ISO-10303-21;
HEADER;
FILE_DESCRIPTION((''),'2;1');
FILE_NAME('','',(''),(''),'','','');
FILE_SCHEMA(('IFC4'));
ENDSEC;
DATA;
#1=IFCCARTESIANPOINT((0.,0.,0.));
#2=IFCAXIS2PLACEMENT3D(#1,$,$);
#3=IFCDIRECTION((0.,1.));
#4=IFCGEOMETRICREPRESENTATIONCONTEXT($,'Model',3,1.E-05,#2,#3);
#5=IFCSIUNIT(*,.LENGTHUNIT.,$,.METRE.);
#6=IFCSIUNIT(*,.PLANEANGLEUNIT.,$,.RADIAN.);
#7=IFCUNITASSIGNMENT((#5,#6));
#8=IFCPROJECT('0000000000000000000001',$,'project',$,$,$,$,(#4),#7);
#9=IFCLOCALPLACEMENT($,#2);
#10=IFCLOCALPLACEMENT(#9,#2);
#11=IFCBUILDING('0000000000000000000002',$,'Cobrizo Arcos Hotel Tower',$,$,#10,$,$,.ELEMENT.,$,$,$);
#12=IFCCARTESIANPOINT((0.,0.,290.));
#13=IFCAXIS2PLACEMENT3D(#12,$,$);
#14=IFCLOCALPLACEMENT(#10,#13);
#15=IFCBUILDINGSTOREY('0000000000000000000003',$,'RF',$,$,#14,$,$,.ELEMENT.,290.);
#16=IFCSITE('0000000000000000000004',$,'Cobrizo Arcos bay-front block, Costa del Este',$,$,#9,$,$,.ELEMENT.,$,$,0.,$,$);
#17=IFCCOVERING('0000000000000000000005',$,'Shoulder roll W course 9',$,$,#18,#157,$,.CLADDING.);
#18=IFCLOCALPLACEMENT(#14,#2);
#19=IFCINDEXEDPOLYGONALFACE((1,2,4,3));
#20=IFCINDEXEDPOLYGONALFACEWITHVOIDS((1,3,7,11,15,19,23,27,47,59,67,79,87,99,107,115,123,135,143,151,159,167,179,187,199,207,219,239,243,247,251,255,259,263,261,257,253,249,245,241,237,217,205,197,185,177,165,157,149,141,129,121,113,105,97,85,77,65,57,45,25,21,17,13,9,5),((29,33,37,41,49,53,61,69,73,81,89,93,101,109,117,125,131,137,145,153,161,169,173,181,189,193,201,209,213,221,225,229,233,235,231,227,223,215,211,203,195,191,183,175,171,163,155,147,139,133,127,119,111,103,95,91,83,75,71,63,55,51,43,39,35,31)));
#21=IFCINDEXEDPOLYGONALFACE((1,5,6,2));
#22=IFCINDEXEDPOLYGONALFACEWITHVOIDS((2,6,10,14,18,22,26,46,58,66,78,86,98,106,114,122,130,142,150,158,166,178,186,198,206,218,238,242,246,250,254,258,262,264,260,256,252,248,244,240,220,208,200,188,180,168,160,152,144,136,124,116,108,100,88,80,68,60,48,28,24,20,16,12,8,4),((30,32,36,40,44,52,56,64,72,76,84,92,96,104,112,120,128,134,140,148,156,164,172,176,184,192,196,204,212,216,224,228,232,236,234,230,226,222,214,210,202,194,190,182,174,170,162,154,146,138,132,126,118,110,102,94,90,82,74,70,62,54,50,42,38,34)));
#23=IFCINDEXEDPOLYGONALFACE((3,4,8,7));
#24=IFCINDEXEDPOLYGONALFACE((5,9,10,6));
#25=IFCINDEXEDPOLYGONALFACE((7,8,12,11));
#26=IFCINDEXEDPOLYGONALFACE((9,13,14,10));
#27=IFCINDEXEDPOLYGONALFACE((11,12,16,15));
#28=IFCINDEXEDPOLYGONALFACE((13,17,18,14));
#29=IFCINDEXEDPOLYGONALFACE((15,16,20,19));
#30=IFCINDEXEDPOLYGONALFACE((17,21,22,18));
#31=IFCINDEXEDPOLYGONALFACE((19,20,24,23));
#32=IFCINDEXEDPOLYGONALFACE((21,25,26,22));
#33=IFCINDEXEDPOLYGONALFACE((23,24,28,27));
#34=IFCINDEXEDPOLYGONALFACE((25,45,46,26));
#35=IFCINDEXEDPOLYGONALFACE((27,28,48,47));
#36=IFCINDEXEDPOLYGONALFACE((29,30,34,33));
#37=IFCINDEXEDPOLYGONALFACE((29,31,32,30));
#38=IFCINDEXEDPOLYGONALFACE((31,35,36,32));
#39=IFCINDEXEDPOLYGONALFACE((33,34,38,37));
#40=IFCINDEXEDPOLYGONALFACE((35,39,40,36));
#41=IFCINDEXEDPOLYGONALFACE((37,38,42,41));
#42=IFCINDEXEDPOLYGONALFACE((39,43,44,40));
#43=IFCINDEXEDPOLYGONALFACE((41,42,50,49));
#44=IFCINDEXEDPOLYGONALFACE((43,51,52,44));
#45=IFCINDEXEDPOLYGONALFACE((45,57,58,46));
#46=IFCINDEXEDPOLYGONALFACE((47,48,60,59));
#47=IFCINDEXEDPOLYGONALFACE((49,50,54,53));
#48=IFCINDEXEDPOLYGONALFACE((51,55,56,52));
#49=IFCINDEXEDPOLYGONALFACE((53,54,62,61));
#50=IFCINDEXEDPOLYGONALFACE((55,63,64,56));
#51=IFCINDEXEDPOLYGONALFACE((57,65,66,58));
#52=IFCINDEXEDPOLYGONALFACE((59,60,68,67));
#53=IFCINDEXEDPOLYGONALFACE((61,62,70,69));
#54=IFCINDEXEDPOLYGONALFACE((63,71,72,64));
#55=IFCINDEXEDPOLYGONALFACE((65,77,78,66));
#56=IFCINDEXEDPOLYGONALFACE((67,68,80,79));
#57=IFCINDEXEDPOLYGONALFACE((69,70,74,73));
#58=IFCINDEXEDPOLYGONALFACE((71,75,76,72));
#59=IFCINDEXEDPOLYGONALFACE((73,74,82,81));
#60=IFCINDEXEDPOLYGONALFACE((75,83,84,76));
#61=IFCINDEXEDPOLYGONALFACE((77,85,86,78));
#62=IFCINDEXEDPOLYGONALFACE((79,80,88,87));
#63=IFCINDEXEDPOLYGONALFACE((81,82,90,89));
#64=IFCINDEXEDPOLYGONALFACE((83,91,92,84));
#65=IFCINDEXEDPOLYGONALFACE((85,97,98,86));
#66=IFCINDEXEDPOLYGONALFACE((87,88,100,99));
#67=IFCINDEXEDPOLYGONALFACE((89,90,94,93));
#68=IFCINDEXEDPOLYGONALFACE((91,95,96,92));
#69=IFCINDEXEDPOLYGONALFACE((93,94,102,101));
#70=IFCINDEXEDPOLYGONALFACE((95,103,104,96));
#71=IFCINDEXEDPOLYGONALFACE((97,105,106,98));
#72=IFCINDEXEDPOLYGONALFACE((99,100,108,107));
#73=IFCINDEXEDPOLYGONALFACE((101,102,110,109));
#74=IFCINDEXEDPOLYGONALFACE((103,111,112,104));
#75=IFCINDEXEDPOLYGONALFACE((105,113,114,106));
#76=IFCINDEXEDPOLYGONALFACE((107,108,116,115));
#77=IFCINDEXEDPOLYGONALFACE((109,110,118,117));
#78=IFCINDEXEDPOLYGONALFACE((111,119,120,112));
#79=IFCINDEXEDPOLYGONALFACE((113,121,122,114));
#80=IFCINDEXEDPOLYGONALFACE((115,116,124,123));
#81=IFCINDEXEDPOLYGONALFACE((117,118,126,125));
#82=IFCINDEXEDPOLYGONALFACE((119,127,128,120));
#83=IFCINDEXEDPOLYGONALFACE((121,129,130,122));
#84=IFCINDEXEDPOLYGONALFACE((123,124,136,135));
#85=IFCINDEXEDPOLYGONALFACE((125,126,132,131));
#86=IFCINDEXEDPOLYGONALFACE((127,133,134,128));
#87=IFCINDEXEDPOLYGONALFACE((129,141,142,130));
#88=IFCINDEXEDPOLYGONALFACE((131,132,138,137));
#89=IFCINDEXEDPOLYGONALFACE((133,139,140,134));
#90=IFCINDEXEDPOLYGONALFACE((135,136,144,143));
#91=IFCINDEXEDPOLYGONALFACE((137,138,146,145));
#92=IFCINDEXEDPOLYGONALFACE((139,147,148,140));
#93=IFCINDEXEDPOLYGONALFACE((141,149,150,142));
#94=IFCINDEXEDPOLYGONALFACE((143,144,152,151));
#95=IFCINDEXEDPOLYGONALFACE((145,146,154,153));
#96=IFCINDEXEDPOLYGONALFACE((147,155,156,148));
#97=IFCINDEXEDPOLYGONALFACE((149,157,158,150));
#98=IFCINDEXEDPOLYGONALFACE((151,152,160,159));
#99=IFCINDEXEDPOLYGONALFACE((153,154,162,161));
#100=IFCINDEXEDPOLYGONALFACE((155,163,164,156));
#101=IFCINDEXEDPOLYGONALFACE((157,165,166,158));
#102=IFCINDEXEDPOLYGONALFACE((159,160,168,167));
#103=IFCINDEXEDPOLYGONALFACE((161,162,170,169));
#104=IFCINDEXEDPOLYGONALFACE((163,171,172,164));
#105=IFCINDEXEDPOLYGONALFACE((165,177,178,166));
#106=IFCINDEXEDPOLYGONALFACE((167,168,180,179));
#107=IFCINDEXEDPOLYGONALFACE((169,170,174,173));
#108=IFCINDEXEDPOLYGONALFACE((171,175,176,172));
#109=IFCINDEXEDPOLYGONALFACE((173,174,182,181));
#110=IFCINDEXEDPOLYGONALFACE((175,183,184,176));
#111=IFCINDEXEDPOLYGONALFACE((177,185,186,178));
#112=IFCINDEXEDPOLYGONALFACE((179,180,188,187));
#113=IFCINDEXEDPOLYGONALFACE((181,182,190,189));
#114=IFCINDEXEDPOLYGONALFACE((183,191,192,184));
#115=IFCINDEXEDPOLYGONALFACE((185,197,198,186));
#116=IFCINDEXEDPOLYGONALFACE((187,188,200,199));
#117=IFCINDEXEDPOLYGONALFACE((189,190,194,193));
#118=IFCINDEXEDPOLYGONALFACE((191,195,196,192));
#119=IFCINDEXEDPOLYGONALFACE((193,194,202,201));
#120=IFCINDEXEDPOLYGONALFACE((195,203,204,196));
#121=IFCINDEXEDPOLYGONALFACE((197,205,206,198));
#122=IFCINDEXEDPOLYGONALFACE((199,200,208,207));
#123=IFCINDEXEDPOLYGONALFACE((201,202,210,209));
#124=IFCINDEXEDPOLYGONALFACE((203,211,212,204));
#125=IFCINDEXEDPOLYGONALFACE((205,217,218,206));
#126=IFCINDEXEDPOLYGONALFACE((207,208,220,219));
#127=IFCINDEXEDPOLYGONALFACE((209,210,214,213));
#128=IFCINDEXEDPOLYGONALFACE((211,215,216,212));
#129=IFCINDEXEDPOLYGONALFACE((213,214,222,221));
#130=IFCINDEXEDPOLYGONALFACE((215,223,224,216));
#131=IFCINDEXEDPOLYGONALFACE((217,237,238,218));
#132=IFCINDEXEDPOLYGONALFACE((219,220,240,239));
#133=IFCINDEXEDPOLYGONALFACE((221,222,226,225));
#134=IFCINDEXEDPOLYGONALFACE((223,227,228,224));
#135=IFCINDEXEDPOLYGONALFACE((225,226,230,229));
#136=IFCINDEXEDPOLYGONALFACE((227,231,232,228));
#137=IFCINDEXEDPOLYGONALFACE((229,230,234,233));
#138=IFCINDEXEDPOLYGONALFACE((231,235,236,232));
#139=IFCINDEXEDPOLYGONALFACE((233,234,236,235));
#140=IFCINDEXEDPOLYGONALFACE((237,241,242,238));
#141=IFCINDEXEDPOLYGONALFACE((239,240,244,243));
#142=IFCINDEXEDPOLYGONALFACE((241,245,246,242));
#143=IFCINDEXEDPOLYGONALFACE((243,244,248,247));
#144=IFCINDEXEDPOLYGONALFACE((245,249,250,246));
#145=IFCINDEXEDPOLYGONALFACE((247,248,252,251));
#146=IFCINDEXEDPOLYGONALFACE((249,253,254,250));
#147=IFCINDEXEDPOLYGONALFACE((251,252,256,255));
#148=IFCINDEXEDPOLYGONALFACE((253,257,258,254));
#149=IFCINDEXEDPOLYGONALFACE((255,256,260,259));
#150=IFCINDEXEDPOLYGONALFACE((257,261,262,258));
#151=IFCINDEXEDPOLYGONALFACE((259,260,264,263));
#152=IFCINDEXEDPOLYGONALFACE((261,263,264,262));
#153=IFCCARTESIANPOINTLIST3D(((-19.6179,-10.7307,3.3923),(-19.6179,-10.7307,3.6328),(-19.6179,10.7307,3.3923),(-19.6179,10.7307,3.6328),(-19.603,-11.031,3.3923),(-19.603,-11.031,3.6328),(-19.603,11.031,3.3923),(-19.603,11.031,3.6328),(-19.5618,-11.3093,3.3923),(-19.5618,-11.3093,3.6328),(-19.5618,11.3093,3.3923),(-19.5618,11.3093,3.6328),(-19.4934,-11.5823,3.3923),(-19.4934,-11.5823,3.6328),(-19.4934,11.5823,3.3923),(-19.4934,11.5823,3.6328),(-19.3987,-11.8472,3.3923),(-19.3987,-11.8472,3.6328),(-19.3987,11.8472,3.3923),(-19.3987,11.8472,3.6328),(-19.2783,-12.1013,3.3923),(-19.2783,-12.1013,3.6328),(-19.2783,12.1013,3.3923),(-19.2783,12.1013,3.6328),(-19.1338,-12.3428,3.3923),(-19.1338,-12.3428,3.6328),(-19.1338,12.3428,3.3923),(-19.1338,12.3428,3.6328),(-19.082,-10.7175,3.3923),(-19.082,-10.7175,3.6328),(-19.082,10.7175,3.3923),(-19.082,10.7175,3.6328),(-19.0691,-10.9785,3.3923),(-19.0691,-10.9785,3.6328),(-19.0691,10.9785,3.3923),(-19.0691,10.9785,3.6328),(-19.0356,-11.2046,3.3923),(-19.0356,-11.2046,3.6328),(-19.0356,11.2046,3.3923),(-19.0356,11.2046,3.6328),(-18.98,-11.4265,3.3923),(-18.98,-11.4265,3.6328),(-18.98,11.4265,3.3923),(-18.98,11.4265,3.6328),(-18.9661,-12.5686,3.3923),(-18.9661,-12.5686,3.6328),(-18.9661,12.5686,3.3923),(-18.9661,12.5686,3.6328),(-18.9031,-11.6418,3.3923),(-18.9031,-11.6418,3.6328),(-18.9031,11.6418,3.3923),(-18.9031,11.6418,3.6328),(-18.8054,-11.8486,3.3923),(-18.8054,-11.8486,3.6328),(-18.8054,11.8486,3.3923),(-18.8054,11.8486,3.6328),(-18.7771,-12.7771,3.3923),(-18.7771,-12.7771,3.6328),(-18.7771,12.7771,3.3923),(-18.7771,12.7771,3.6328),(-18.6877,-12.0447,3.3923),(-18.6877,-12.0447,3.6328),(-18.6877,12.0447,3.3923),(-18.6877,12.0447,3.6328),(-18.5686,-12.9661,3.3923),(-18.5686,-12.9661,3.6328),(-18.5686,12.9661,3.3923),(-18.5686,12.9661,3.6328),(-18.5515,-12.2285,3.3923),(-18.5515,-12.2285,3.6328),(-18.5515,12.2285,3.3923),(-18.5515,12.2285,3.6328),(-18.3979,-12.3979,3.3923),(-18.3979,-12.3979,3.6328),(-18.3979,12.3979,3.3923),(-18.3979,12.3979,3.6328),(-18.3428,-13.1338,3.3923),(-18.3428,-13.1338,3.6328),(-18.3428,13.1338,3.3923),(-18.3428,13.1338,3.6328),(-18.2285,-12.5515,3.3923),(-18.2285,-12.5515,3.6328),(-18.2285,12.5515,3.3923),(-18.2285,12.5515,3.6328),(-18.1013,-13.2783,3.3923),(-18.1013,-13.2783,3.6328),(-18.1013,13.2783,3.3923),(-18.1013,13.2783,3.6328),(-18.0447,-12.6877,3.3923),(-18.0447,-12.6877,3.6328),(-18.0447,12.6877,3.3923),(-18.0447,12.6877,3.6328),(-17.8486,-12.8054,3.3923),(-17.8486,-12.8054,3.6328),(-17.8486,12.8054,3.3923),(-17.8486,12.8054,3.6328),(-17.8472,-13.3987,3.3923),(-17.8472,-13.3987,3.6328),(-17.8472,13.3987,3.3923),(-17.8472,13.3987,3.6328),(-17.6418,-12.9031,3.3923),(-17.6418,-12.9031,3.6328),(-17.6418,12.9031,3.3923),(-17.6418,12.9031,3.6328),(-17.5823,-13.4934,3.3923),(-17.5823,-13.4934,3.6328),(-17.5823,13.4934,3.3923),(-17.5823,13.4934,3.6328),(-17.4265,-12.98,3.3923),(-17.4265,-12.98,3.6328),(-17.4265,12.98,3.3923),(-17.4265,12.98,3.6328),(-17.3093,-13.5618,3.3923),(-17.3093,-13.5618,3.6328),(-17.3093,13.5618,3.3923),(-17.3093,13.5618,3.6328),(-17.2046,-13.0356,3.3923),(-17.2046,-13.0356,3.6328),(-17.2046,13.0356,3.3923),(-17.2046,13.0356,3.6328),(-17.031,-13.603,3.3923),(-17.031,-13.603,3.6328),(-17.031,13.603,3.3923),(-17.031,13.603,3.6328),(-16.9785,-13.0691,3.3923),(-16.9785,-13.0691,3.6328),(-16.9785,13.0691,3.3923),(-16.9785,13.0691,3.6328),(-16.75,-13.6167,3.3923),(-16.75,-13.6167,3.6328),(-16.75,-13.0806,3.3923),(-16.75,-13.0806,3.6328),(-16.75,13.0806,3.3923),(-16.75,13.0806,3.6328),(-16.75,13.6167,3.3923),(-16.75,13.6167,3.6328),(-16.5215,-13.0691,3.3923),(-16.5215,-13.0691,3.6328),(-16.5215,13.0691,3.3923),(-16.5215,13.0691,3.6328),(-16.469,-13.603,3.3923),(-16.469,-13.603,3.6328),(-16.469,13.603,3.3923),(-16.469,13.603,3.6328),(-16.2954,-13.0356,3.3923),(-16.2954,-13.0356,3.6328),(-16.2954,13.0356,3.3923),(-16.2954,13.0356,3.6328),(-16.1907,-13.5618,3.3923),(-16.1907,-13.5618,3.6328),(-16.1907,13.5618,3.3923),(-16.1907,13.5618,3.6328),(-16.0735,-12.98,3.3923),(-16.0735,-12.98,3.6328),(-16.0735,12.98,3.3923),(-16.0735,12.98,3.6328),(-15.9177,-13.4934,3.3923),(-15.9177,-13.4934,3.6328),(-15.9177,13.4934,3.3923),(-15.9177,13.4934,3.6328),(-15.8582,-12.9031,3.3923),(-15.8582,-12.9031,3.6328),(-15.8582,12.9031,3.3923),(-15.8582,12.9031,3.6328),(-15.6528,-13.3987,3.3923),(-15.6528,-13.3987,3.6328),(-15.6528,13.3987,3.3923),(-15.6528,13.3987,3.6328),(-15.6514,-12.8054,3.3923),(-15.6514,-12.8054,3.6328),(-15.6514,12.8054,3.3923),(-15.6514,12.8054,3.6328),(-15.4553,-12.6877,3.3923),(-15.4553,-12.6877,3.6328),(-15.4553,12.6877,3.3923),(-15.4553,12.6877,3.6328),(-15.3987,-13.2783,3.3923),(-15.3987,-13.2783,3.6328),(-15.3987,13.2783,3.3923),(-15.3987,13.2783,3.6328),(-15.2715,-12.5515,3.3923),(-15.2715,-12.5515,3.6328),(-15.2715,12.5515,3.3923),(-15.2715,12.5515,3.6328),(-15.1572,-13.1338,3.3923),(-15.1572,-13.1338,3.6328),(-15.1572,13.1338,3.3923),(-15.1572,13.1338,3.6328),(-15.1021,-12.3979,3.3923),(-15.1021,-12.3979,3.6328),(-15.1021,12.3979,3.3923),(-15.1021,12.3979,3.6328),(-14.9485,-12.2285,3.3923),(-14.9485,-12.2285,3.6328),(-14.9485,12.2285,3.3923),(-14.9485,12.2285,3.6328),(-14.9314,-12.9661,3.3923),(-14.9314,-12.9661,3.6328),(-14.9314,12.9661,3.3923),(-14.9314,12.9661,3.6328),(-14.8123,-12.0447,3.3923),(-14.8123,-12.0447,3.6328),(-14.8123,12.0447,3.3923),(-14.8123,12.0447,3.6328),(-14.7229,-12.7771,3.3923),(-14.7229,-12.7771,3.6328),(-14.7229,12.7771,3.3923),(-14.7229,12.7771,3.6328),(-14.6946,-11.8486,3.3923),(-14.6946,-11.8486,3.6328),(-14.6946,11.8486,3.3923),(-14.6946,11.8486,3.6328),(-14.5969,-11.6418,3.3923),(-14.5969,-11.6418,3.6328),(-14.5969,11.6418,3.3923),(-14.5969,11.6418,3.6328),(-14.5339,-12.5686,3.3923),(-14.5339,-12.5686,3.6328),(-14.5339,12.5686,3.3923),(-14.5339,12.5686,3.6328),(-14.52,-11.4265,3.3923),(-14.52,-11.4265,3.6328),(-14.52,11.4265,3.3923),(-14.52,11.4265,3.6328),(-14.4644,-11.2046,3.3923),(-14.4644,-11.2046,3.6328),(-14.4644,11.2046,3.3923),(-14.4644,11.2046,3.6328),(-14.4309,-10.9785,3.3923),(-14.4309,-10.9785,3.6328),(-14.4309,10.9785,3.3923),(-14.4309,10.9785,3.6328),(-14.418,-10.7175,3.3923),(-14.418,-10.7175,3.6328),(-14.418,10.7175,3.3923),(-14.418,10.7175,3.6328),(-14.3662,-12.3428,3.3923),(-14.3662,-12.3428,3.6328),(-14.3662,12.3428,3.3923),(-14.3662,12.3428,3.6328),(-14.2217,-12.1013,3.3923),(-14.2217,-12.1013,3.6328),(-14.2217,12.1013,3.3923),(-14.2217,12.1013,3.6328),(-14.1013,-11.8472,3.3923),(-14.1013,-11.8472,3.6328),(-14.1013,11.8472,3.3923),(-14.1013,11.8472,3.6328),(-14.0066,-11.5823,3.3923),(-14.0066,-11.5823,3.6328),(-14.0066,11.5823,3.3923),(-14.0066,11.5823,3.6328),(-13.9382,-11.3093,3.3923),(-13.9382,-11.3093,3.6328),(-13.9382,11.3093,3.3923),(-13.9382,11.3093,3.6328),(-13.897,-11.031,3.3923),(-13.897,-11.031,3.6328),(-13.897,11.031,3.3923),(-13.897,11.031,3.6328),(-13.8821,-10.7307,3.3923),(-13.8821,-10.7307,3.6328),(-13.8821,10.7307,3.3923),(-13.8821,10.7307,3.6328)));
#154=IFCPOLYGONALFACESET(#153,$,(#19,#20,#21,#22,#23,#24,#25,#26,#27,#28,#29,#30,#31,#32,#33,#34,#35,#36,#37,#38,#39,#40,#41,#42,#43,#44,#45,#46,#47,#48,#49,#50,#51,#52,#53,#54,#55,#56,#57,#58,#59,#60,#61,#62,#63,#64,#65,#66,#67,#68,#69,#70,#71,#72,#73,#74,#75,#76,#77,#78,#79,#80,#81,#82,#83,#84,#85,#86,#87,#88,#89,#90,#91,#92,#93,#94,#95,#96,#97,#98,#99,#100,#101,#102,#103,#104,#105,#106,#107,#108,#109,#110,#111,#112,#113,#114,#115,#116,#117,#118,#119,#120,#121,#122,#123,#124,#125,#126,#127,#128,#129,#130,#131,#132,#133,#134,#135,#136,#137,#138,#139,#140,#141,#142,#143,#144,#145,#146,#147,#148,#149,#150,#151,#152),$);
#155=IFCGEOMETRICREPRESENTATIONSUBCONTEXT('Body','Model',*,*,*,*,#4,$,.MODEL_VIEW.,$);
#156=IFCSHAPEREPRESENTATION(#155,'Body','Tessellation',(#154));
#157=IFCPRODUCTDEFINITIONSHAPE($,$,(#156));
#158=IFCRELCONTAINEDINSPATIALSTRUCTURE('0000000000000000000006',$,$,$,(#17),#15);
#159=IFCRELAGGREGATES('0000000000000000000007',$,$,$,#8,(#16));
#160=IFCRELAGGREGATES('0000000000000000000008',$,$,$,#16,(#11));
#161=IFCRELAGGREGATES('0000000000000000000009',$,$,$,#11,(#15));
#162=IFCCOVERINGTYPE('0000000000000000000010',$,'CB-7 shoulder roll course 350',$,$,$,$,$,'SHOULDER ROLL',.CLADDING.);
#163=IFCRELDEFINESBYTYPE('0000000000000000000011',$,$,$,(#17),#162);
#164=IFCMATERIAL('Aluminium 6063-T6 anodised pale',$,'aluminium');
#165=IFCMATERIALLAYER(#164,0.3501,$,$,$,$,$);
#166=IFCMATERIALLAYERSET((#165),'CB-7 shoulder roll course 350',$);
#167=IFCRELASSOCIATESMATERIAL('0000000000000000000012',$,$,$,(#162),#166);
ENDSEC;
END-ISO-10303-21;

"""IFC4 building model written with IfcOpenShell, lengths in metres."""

from ifc_helpers import new_model, si_unit, direction, frame, origin, place, context, subcontext, project, spatial, polyline, outline, extrude, material, layer, layer_set, type_object, element, save


model = new_model("IFC4")

# Units and contexts
model_context = context("Model", 3, precision=1e-05, world=origin(), true_north=direction((0.0, 1.0)))
body_context = subcontext(model_context, "Body", "Model", "MODEL_VIEW")
ifc_project = project(units=[si_unit("LENGTHUNIT", "METRE"), si_unit("PLANEANGLEUNIT", "RADIAN")], contexts=[model_context])

# Site, building, storey
site_placement = place(None, origin())
site = spatial("IfcSite", under=ifc_project, at=site_placement, Name="Cobrizo Arcos bay-front block, Costa del Este", CompositionType="ELEMENT", RefElevation=0.0)
building_placement = place(site_placement, origin())
building = spatial("IfcBuilding", under=site, at=building_placement, Name="Cobrizo Arcos Hotel Tower", CompositionType="ELEMENT")
storey_placement = place(building_placement, frame((0.0, 0.0, 290.0)))
storey = spatial("IfcBuildingStorey", under=building, at=storey_placement, Name="RF", CompositionType="ELEMENT", Elevation=290.0)

# Covering
ifc_material_1 = material(Name="Aluminium 6063-T6 anodised pale", Category="aluminium")
ifc_layer_1 = layer(ifc_material_1, 0.3501)
ifc_layer_set_1 = layer_set([ifc_layer_1], Name="CB-7 shoulder roll course 350")
covering_type_1 = type_object("IfcCoveringType", Name="CB-7 shoulder roll course 350", ElementType="SHOULDER ROLL", PredefinedType="CLADDING", material=ifc_layer_set_1)
covering_1_placement = place(storey_placement, frame((0.0, 0.0, 3.3923)))
element("IfcCovering", 1, at=covering_1_placement, inside=storey, type_object=covering_type_1, Name="Shoulder roll W course 9", PredefinedType="CLADDING", context=body_context, shape_type="SweptSolid", body=[
    extrude(outline(polyline([(-19.6179, 10.7307), (-19.603, 11.031), (-19.5618, 11.3093), (-19.4934, 11.5823), (-19.3987, 11.8472), (-19.2783, 12.1013), (-19.1338, 12.3428), (-18.9661, 12.5686), (-18.7771, 12.7771), (-18.5686, 12.9661), (-18.3428, 13.1338), (-18.1013, 13.2783), (-17.8472, 13.3987), (-17.5823, 13.4934), (-17.3093, 13.5618), (-17.031, 13.603), (-16.75, 13.6167), (-16.469, 13.603), (-16.1907, 13.5618), (-15.9177, 13.4934), (-15.6528, 13.3987), (-15.3987, 13.2783), (-15.1572, 13.1338), (-14.9314, 12.9661), (-14.7229, 12.7771), (-14.5339, 12.5686), (-14.3662, 12.3428), (-14.2217, 12.1013), (-14.1013, 11.8472), (-14.0066, 11.5823), (-13.9382, 11.3093), (-13.897, 11.031), (-13.8821, 10.7307), (-13.8821, -10.7307), (-13.897, -11.031), (-13.9382, -11.3093), (-14.0066, -11.5823), (-14.1013, -11.8472), (-14.2217, -12.1013), (-14.3662, -12.3428), (-14.5339, -12.5686), (-14.7229, -12.7771), (-14.9314, -12.9661), (-15.1572, -13.1338), (-15.3987, -13.2783), (-15.6528, -13.3987), (-15.9177, -13.4934), (-16.1907, -13.5618), (-16.469, -13.603), (-16.75, -13.6167), (-17.031, -13.603), (-17.3093, -13.5618), (-17.5823, -13.4934), (-17.8472, -13.3987), (-18.1013, -13.2783), (-18.3428, -13.1338), (-18.5686, -12.9661), (-18.7771, -12.7771), (-18.9661, -12.5686), (-19.1338, -12.3428), (-19.2783, -12.1013), (-19.3987, -11.8472), (-19.4934, -11.5823), (-19.5618, -11.3093), (-19.603, -11.031), (-19.6179, -10.7307), (-19.6179, 10.7307)]), holes=[polyline([(-19.082, 10.7175), (-19.0691, 10.9785), (-19.0356, 11.2046), (-18.98, 11.4265), (-18.9031, 11.6418), (-18.8054, 11.8486), (-18.6877, 12.0447), (-18.5515, 12.2285), (-18.3979, 12.3979), (-18.2285, 12.5515), (-18.0447, 12.6877), (-17.8486, 12.8054), (-17.6418, 12.9031), (-17.4265, 12.98), (-17.2046, 13.0356), (-16.9785, 13.0691), (-16.75, 13.0806), (-16.5215, 13.0691), (-16.2954, 13.0356), (-16.0735, 12.98), (-15.8582, 12.9031), (-15.6514, 12.8054), (-15.4553, 12.6877), (-15.2715, 12.5515), (-15.1021, 12.3979), (-14.9485, 12.2285), (-14.8123, 12.0447), (-14.6946, 11.8486), (-14.5969, 11.6418), (-14.52, 11.4265), (-14.4644, 11.2046), (-14.4309, 10.9785), (-14.418, 10.7175), (-14.418, -10.7175), (-14.4309, -10.9785), (-14.4644, -11.2046), (-14.52, -11.4265), (-14.5969, -11.6418), (-14.6946, -11.8486), (-14.8123, -12.0447), (-14.9485, -12.2285), (-15.1021, -12.3979), (-15.2715, -12.5515), (-15.4553, -12.6877), (-15.6514, -12.8054), (-15.8582, -12.9031), (-16.0735, -12.98), (-16.2954, -13.0356), (-16.5215, -13.0691), (-16.75, -13.0806), (-16.9785, -13.0691), (-17.2046, -13.0356), (-17.4265, -12.98), (-17.6418, -12.9031), (-17.8486, -12.8054), (-18.0447, -12.6877), (-18.2285, -12.5515), (-18.3979, -12.3979), (-18.5515, -12.2285), (-18.6877, -12.0447), (-18.8054, -11.8486), (-18.9031, -11.6418), (-18.98, -11.4265), (-19.0356, -11.2046), (-19.0691, -10.9785), (-19.082, -10.7175), (-19.082, 10.7175)])]), origin(), (0.0, 0.0, 1.0), 0.2405),
])

save(model, "model.ifc")
